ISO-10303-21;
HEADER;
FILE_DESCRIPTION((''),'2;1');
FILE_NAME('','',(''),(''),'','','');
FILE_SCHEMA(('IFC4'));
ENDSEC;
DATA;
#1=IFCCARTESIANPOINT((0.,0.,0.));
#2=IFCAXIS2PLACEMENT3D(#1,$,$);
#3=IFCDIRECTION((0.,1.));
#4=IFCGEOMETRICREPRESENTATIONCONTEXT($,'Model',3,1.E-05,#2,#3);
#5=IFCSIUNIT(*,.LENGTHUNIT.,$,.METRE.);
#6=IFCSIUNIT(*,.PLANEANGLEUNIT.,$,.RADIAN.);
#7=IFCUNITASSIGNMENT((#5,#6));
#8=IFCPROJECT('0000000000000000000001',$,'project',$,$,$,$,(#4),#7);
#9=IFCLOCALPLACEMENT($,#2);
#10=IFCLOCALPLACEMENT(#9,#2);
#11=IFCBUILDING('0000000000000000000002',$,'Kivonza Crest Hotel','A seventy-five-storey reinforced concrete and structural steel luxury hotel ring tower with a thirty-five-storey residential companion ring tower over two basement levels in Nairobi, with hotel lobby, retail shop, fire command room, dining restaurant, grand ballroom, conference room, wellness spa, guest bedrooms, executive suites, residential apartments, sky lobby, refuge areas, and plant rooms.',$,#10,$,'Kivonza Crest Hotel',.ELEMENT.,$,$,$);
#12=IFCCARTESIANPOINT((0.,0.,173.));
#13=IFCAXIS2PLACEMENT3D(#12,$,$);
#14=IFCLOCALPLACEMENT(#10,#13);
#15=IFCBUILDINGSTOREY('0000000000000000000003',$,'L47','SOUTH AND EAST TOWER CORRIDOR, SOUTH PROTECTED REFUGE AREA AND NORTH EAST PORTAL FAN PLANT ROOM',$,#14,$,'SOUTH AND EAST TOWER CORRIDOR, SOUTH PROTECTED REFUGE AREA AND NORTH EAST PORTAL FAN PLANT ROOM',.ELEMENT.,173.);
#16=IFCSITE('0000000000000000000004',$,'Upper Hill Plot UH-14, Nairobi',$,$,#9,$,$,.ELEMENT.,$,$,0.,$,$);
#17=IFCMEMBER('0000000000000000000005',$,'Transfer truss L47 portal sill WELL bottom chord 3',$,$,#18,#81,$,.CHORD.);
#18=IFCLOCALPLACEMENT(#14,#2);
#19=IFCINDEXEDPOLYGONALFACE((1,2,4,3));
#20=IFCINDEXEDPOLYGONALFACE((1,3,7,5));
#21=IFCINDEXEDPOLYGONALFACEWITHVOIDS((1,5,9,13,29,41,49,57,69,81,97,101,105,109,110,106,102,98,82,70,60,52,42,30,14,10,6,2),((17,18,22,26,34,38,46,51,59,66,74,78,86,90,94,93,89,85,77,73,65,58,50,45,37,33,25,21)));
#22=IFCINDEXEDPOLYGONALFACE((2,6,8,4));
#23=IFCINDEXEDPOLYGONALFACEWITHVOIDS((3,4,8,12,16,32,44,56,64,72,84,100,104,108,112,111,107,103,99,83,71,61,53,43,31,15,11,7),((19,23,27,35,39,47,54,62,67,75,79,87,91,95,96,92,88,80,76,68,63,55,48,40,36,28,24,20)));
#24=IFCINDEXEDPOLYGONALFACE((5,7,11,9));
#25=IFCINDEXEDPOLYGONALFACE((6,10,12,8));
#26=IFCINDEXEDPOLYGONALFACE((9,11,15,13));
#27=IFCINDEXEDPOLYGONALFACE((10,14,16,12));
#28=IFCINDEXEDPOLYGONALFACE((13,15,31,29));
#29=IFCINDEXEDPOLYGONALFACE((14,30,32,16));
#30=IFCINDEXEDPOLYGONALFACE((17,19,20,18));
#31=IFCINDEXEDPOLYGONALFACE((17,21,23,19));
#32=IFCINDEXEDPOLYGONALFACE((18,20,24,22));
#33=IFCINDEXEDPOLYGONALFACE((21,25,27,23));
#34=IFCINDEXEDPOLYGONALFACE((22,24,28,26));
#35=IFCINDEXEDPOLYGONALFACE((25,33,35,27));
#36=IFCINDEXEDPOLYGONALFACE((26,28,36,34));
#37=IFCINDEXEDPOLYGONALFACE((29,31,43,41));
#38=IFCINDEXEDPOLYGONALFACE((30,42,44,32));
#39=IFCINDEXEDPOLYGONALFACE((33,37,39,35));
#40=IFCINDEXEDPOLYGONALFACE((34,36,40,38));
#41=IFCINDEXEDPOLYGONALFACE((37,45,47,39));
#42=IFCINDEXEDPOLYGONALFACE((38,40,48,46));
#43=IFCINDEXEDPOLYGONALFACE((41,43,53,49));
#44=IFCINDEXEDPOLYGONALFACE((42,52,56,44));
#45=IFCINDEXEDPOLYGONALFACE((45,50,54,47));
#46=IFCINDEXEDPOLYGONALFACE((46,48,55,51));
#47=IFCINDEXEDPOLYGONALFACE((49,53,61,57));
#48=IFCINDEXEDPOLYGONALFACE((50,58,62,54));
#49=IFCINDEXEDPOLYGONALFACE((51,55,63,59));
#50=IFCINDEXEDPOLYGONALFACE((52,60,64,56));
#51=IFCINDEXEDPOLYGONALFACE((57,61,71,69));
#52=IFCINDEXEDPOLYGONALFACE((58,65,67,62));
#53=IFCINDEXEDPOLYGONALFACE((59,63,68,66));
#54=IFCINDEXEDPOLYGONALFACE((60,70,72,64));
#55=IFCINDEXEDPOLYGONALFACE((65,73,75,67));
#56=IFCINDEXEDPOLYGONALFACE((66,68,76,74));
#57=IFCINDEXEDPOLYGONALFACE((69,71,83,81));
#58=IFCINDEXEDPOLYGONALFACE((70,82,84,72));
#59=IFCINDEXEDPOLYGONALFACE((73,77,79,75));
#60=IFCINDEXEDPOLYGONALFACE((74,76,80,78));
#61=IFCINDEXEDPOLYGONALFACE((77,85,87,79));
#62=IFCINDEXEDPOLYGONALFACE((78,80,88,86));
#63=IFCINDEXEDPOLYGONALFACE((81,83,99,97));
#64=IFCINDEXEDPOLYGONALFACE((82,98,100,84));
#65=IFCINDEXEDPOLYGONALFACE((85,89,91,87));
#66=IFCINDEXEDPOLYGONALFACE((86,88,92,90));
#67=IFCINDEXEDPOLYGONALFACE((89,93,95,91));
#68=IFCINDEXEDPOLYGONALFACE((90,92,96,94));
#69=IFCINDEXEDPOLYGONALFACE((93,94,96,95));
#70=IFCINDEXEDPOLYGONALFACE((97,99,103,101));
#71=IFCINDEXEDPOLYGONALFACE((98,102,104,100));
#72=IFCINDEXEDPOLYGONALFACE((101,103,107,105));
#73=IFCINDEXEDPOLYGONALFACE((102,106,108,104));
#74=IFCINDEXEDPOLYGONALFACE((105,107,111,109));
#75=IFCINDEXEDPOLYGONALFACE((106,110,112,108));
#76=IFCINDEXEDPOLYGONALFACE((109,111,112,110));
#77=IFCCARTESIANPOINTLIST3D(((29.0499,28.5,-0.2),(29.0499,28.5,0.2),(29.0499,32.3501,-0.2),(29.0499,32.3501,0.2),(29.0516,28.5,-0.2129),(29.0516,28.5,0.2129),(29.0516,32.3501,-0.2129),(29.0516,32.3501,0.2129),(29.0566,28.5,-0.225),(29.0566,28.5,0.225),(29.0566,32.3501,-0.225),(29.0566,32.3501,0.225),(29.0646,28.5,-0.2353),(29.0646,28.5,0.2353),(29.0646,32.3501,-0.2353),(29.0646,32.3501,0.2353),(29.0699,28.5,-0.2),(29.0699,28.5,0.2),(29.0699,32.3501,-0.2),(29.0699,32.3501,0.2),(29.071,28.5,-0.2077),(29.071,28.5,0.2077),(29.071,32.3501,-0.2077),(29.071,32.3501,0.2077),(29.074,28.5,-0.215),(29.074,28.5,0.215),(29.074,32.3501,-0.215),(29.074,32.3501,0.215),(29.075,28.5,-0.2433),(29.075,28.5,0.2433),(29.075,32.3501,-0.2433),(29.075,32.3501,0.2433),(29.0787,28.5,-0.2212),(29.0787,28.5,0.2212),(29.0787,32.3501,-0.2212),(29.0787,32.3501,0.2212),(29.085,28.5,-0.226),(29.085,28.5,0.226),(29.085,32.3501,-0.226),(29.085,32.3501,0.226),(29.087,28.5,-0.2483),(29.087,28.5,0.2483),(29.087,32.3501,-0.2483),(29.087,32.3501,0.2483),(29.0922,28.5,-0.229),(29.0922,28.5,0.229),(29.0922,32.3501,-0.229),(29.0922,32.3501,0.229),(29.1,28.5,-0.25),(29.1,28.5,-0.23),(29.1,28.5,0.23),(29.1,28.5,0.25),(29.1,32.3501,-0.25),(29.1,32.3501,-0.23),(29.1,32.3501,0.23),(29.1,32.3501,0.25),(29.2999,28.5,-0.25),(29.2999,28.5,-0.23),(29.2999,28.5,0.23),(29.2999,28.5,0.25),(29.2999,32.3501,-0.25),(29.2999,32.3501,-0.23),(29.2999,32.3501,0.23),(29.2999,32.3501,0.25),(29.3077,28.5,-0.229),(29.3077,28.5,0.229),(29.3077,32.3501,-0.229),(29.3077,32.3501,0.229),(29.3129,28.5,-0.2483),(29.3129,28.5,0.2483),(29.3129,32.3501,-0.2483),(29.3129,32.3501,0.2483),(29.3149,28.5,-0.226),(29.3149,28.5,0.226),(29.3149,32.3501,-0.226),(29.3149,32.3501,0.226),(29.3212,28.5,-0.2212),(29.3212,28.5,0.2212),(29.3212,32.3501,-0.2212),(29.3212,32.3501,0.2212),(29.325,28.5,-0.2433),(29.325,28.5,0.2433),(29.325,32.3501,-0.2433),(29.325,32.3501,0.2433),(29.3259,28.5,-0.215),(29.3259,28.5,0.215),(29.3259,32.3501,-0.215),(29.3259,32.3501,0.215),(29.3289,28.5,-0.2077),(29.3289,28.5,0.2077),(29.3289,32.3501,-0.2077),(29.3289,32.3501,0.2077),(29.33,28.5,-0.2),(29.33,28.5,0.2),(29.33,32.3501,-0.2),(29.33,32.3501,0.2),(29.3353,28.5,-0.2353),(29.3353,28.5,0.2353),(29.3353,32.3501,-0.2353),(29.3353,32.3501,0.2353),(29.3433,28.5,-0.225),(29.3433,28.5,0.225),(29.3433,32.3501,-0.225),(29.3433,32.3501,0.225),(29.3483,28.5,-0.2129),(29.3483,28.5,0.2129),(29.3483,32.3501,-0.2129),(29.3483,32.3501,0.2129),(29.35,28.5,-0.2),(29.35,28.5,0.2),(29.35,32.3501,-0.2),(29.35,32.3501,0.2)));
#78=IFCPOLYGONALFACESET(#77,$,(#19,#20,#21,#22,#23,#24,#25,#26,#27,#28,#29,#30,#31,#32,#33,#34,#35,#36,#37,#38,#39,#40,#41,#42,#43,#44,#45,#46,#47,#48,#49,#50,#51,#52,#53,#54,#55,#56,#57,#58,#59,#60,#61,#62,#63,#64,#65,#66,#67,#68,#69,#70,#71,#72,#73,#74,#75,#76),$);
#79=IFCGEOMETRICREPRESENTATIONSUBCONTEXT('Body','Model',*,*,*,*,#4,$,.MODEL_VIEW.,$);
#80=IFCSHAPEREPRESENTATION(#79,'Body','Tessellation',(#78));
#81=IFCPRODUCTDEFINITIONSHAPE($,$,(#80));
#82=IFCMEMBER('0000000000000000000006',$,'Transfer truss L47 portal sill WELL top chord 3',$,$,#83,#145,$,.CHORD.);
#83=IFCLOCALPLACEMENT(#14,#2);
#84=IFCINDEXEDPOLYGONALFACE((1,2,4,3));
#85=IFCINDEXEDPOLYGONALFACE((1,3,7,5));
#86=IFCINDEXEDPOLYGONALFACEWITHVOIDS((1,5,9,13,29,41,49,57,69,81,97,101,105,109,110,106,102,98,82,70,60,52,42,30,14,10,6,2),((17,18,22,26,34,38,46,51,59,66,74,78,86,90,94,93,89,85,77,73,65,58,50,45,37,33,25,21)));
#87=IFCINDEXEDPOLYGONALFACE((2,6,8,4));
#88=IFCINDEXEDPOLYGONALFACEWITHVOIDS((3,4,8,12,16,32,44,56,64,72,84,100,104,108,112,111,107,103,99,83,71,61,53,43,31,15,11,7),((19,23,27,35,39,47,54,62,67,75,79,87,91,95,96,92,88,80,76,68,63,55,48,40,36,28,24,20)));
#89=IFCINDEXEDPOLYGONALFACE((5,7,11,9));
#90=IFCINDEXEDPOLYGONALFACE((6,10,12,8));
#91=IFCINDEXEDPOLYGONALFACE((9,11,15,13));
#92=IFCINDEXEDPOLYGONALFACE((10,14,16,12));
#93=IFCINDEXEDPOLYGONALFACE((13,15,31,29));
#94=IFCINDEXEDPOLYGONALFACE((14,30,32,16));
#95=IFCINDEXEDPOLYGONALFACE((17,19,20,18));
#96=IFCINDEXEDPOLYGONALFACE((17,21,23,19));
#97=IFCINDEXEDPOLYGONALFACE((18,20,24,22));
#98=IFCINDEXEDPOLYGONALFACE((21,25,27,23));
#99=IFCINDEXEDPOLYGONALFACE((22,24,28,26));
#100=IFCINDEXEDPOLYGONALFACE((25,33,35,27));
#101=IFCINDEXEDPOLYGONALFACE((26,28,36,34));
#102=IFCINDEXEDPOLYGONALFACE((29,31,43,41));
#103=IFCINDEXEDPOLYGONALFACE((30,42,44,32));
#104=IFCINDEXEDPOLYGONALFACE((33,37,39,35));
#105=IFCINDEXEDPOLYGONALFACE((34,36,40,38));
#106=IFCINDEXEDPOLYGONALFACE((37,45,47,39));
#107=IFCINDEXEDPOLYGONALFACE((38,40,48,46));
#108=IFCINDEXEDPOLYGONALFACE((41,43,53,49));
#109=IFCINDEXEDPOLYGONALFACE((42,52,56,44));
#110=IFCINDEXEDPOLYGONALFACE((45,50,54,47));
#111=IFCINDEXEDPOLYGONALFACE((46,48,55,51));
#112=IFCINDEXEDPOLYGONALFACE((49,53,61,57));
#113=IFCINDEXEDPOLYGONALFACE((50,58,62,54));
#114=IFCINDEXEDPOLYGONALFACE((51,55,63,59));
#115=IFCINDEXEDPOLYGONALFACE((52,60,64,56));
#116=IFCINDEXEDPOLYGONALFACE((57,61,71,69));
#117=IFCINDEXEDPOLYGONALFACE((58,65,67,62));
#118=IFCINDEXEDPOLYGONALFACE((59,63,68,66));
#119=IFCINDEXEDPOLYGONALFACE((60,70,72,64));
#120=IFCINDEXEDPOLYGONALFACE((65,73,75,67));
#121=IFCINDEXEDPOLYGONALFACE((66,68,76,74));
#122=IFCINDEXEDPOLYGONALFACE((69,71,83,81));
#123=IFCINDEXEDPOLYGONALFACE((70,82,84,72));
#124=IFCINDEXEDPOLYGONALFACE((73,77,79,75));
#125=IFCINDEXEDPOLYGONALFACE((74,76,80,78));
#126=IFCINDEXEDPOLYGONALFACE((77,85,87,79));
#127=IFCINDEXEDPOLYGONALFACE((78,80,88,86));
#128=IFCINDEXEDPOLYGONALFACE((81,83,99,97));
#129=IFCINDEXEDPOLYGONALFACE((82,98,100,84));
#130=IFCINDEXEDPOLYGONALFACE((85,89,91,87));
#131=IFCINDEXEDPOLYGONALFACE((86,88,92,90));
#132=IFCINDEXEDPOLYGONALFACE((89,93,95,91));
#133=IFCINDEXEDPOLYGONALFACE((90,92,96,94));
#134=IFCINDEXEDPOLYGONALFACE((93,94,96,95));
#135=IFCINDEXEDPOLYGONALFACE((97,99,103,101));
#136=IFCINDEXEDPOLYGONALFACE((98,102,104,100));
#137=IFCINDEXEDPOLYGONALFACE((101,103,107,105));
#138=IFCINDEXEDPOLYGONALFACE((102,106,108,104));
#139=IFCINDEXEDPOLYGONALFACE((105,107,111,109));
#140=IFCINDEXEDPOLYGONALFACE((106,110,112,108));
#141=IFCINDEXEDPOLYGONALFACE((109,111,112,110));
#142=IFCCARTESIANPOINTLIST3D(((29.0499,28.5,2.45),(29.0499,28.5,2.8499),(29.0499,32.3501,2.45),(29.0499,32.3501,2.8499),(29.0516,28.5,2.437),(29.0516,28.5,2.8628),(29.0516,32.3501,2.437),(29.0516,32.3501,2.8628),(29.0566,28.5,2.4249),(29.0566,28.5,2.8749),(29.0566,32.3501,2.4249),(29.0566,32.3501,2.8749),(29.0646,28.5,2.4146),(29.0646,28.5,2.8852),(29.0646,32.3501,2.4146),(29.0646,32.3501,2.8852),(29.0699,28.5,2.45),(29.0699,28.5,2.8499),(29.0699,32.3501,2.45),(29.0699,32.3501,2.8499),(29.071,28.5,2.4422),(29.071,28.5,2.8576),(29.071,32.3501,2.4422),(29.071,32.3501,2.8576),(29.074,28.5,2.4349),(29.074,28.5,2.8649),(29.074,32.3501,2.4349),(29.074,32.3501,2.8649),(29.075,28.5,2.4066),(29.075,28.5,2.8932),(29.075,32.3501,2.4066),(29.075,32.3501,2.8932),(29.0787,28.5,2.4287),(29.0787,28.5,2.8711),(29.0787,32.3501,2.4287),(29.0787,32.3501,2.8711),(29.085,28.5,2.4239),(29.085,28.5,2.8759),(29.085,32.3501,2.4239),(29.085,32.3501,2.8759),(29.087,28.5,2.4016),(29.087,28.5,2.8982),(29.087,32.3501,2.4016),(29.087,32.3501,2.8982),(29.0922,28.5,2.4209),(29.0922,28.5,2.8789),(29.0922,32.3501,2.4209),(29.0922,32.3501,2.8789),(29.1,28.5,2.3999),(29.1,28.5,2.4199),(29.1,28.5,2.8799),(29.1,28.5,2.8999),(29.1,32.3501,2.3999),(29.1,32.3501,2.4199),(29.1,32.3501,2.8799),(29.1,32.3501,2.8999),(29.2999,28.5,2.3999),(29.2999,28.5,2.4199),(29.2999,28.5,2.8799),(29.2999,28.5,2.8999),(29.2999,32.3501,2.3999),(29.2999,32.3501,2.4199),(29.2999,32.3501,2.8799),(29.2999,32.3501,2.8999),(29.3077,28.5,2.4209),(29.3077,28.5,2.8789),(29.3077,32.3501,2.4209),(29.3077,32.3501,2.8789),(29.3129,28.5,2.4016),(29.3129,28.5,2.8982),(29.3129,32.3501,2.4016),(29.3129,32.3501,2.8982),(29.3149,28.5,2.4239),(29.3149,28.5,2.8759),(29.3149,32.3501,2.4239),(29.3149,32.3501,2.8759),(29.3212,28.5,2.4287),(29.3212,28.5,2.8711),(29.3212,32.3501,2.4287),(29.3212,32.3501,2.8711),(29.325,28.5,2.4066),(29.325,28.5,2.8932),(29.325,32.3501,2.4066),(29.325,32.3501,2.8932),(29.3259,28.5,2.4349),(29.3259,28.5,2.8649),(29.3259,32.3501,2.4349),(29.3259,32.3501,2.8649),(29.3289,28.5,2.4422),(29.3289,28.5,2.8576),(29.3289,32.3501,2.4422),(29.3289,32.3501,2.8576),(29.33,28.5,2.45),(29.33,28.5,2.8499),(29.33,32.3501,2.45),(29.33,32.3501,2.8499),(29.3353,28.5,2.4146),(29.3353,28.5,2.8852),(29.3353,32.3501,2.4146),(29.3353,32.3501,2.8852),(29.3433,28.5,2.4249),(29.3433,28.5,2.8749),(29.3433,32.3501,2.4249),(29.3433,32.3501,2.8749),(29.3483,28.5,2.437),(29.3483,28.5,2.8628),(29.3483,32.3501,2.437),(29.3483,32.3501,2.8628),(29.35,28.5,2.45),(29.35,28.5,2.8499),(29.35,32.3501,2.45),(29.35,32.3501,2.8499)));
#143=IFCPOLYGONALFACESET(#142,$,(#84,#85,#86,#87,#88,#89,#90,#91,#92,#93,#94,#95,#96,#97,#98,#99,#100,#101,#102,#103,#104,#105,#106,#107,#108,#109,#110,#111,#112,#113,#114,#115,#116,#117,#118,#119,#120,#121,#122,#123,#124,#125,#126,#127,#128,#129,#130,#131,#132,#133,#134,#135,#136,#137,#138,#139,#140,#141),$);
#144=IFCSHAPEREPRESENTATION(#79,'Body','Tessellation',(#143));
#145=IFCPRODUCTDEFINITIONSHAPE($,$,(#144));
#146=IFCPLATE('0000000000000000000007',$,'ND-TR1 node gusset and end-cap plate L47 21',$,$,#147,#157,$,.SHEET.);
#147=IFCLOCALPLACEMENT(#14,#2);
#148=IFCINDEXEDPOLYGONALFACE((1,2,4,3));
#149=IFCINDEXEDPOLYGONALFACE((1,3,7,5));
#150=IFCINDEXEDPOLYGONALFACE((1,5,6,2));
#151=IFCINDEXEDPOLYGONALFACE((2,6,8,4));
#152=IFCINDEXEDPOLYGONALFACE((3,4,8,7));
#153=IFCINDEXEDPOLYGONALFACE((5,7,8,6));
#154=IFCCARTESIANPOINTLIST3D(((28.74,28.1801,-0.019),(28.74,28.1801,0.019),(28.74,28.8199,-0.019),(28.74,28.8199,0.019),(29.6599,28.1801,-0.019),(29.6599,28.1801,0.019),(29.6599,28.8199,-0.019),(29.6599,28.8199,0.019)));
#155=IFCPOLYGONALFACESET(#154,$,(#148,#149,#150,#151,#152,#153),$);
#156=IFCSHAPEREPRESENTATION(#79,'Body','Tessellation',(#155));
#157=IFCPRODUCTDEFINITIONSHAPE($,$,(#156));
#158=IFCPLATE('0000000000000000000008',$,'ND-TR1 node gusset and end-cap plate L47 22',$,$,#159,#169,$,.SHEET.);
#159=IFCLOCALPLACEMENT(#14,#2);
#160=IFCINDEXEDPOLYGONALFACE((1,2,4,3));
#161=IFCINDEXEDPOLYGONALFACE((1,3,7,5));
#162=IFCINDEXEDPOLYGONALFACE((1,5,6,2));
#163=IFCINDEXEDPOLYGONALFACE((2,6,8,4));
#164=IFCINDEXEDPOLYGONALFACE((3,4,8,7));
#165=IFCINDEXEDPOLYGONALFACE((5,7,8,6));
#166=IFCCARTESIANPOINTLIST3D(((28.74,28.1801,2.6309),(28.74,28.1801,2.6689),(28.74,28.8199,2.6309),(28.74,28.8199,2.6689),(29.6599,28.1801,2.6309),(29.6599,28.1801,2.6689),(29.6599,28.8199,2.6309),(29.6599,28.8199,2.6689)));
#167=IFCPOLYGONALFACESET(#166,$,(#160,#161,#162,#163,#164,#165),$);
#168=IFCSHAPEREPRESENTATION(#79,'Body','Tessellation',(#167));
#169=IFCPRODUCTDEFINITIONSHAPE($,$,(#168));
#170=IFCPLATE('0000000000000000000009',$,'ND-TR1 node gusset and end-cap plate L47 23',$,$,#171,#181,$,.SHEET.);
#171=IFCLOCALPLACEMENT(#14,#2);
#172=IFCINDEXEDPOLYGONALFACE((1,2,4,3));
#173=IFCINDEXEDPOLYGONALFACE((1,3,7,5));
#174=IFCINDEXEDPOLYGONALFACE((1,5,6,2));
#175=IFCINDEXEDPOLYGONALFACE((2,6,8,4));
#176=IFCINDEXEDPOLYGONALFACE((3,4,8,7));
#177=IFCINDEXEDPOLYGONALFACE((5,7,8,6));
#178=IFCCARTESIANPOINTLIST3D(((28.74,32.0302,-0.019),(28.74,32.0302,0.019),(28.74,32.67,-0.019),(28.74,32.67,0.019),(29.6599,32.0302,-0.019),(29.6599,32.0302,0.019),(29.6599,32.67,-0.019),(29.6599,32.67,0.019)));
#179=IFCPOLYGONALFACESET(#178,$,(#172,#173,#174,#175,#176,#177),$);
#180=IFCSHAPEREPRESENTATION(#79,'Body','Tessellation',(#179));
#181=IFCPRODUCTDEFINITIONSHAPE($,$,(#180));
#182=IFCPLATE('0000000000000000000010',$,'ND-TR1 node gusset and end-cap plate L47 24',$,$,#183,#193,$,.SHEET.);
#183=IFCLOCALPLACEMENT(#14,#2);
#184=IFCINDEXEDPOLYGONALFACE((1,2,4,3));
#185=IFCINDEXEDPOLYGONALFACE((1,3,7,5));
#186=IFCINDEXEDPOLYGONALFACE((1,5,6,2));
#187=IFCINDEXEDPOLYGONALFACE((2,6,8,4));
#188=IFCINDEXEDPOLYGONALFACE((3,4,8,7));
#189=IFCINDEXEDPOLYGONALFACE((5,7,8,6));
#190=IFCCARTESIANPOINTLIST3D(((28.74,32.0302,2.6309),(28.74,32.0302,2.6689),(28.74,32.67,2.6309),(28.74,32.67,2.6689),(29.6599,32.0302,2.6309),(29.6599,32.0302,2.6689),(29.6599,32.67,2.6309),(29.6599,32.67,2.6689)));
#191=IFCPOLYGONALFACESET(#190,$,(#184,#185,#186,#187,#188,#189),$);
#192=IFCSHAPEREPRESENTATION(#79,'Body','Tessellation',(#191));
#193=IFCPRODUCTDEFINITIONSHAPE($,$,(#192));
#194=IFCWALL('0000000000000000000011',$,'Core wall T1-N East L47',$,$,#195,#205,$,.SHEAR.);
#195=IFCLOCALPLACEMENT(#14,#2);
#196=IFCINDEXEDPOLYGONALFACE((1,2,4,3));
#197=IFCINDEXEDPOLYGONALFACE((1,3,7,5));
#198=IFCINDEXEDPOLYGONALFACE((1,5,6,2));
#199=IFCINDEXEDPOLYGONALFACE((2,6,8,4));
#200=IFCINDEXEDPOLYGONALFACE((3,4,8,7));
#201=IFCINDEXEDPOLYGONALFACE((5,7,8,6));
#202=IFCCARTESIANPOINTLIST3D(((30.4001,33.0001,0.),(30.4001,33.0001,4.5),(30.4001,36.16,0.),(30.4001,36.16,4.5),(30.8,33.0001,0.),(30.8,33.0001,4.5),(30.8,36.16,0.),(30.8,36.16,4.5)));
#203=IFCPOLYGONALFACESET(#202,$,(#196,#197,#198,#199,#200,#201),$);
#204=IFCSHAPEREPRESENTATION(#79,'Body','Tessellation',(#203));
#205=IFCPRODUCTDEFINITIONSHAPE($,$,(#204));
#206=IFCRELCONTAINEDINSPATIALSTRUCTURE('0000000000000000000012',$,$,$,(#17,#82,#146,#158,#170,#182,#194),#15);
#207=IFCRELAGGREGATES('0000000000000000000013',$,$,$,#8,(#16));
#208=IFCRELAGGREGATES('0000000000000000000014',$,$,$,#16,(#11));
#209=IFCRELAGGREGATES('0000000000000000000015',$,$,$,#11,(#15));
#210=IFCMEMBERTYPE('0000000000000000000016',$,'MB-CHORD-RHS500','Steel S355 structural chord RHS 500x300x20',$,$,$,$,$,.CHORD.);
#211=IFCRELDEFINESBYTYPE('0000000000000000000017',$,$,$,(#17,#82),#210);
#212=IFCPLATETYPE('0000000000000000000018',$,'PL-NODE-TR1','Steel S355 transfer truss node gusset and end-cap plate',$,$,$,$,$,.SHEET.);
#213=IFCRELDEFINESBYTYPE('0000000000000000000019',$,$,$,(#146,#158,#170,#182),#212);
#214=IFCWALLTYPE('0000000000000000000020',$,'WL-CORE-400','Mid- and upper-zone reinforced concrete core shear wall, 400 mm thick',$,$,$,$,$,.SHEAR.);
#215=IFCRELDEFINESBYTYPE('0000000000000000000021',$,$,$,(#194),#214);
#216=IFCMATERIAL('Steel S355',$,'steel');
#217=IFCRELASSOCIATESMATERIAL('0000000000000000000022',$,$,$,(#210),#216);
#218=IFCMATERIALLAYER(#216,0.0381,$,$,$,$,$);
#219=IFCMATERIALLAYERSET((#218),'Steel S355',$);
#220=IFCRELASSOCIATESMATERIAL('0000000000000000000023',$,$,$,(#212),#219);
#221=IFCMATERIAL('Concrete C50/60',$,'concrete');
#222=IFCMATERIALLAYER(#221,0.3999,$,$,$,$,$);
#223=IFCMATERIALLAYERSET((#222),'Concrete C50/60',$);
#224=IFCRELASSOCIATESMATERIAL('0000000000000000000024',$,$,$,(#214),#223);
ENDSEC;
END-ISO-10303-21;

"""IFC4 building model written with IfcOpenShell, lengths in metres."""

from ifc_helpers import new_model, si_unit, direction, frame, frame_2d, origin, origin_2d, place, context, subcontext, project, spatial, rectangle, hollow_rectangle, extrude, material, layer, layer_set, material_profile, profile_set, type_object, element, save


model = new_model("IFC4")

# Units and contexts
model_context = context("Model", 3, precision=1e-05, world=origin(), true_north=direction((0.0, 1.0)))
body_context = subcontext(model_context, "Body", "Model", "MODEL_VIEW")
ifc_project = project(units=[si_unit("LENGTHUNIT", "METRE"), si_unit("PLANEANGLEUNIT", "RADIAN")], contexts=[model_context])

# Site, building, storey
site_placement = place(None, origin())
site = spatial("IfcSite", under=ifc_project, at=site_placement, Name="Upper Hill Plot UH-14, Nairobi", CompositionType="ELEMENT", RefElevation=0.0)
building_placement = place(site_placement, origin())
building = spatial("IfcBuilding", under=site, at=building_placement, Name="Kivonza Crest Hotel", Description="A seventy-five-storey reinforced concrete and structural steel luxury hotel ring tower with a thirty-five-storey residential companion ring tower over two basement levels in Nairobi, with hotel lobby, retail shop, fire command room, dining restaurant, grand ballroom, conference room, wellness spa, guest bedrooms, executive suites, residential apartments, sky lobby, refuge areas, and plant rooms.", LongName="Kivonza Crest Hotel", CompositionType="ELEMENT")
storey_placement = place(building_placement, frame((0.0, 0.0, 173.0)))
storey = spatial("IfcBuildingStorey", under=building, at=storey_placement, Name="L47", Description="SOUTH AND EAST TOWER CORRIDOR, SOUTH PROTECTED REFUGE AREA AND NORTH EAST PORTAL FAN PLANT ROOM", LongName="SOUTH AND EAST TOWER CORRIDOR, SOUTH PROTECTED REFUGE AREA AND NORTH EAST PORTAL FAN PLANT ROOM", CompositionType="ELEMENT", Elevation=173.0)

# Shared definitions
ifc_material_1 = material(Name="Concrete C50/60", Category="concrete")
ifc_material_2 = material(Name="Steel S355", Category="steel")

# Members
ifc_material_profile_1 = material_profile(ifc_material_2, hollow_rectangle(XDim=0.3, YDim=0.5, WallThickness=0.02, InnerFilletRadius=0.03, OuterFilletRadius=0.05, at=origin_2d()), Name="RHS 500x300x20")
ifc_profile_set_1 = profile_set([ifc_material_profile_1], Name="Steel S355")
member_type_1 = type_object("IfcMemberType", Name="MB-CHORD-RHS500", Description="Steel S355 structural chord RHS 500x300x20", PredefinedType="CHORD", material=ifc_profile_set_1)
for number, where, z_axis, x_axis, name in (
    (1, (29.2, 28.5, 0.0), (0.0, 1.0, 0.0), (-1.0, 0.0, 0.0), "Transfer truss L47 portal sill WELL bottom chord 3"),
    (2, (29.2, 28.5, 2.6499), (0.0, 1.0, 0.0), (-1.0, 0.0, 0.0), "Transfer truss L47 portal sill WELL top chord 3"),
):
    element("IfcMember", number, at=place(storey_placement, frame(where, z_axis=z_axis, x_axis=x_axis)), inside=storey, type_object=member_type_1, Name=name, PredefinedType="CHORD", context=body_context, shape_type="SweptSolid", body=[
        extrude(hollow_rectangle(XDim=0.3, YDim=0.5, WallThickness=0.02, InnerFilletRadius=0.03, OuterFilletRadius=0.05, at=origin_2d()), origin(), (0.0, 0.0, 1.0), 3.8501),
    ])

# Plates
ifc_layer_1 = layer(ifc_material_2, 0.0381)
ifc_layer_set_1 = layer_set([ifc_layer_1], Name="Steel S355")
plate_type = type_object("IfcPlateType", Name="PL-NODE-TR1", Description="Steel S355 transfer truss node gusset and end-cap plate", PredefinedType="SHEET", material=ifc_layer_set_1)
for number, where, z_axis, x_axis, name in (
    (3, (29.2, 28.5, -0.019), (0.0, 0.0, 1.0), (1.0, 0.0, 0.0), "ND-TR1 node gusset and end-cap plate L47 21"),
    (4, (29.2, 28.5, 2.6309), (0.0, 0.0, 1.0), (1.0, 0.0, 0.0), "ND-TR1 node gusset and end-cap plate L47 22"),
    (5, (29.2, 32.3501, -0.019), (0.0, 0.0, 1.0), (1.0, 0.0, 0.0), "ND-TR1 node gusset and end-cap plate L47 23"),
    (6, (29.2, 32.3501, 2.6309), (0.0, 0.0, 1.0), (1.0, 0.0, 0.0), "ND-TR1 node gusset and end-cap plate L47 24"),
):
    element("IfcPlate", number, at=place(storey_placement, frame(where, z_axis=z_axis, x_axis=x_axis)), inside=storey, type_object=plate_type, Name=name, PredefinedType="SHEET", context=body_context, shape_type="SweptSolid", body=[
        extrude(rectangle(XDim=0.9199, YDim=0.6399, at=origin_2d()), origin(), (0.0, 0.0, 1.0), 0.0381),
    ])

# Wall
ifc_layer_2 = layer(ifc_material_1, 0.3999)
ifc_layer_set_2 = layer_set([ifc_layer_2], Name="Concrete C50/60")
wall_type_1 = type_object("IfcWallType", Name="WL-CORE-400", Description="Mid- and upper-zone reinforced concrete core shear wall, 400 mm thick", PredefinedType="SHEAR", material=ifc_layer_set_2)
wall_1_placement = place(storey_placement, frame((30.6001, 33.0, 0.0), z_axis=(0.0, 0.0, 1.0), x_axis=(0.0, 1.0, 0.0)))
element("IfcWall", 7, at=wall_1_placement, inside=storey, type_object=wall_type_1, Name="Core wall T1-N East L47", PredefinedType="SHEAR", context=body_context, shape_type="SweptSolid", body=[
    extrude(rectangle(XDim=3.1599, YDim=0.3999, at=frame_2d((1.5801, 0.0))), origin(), (0.0, 0.0, 1.0), 4.5),
])

save(model, "model.ifc")
